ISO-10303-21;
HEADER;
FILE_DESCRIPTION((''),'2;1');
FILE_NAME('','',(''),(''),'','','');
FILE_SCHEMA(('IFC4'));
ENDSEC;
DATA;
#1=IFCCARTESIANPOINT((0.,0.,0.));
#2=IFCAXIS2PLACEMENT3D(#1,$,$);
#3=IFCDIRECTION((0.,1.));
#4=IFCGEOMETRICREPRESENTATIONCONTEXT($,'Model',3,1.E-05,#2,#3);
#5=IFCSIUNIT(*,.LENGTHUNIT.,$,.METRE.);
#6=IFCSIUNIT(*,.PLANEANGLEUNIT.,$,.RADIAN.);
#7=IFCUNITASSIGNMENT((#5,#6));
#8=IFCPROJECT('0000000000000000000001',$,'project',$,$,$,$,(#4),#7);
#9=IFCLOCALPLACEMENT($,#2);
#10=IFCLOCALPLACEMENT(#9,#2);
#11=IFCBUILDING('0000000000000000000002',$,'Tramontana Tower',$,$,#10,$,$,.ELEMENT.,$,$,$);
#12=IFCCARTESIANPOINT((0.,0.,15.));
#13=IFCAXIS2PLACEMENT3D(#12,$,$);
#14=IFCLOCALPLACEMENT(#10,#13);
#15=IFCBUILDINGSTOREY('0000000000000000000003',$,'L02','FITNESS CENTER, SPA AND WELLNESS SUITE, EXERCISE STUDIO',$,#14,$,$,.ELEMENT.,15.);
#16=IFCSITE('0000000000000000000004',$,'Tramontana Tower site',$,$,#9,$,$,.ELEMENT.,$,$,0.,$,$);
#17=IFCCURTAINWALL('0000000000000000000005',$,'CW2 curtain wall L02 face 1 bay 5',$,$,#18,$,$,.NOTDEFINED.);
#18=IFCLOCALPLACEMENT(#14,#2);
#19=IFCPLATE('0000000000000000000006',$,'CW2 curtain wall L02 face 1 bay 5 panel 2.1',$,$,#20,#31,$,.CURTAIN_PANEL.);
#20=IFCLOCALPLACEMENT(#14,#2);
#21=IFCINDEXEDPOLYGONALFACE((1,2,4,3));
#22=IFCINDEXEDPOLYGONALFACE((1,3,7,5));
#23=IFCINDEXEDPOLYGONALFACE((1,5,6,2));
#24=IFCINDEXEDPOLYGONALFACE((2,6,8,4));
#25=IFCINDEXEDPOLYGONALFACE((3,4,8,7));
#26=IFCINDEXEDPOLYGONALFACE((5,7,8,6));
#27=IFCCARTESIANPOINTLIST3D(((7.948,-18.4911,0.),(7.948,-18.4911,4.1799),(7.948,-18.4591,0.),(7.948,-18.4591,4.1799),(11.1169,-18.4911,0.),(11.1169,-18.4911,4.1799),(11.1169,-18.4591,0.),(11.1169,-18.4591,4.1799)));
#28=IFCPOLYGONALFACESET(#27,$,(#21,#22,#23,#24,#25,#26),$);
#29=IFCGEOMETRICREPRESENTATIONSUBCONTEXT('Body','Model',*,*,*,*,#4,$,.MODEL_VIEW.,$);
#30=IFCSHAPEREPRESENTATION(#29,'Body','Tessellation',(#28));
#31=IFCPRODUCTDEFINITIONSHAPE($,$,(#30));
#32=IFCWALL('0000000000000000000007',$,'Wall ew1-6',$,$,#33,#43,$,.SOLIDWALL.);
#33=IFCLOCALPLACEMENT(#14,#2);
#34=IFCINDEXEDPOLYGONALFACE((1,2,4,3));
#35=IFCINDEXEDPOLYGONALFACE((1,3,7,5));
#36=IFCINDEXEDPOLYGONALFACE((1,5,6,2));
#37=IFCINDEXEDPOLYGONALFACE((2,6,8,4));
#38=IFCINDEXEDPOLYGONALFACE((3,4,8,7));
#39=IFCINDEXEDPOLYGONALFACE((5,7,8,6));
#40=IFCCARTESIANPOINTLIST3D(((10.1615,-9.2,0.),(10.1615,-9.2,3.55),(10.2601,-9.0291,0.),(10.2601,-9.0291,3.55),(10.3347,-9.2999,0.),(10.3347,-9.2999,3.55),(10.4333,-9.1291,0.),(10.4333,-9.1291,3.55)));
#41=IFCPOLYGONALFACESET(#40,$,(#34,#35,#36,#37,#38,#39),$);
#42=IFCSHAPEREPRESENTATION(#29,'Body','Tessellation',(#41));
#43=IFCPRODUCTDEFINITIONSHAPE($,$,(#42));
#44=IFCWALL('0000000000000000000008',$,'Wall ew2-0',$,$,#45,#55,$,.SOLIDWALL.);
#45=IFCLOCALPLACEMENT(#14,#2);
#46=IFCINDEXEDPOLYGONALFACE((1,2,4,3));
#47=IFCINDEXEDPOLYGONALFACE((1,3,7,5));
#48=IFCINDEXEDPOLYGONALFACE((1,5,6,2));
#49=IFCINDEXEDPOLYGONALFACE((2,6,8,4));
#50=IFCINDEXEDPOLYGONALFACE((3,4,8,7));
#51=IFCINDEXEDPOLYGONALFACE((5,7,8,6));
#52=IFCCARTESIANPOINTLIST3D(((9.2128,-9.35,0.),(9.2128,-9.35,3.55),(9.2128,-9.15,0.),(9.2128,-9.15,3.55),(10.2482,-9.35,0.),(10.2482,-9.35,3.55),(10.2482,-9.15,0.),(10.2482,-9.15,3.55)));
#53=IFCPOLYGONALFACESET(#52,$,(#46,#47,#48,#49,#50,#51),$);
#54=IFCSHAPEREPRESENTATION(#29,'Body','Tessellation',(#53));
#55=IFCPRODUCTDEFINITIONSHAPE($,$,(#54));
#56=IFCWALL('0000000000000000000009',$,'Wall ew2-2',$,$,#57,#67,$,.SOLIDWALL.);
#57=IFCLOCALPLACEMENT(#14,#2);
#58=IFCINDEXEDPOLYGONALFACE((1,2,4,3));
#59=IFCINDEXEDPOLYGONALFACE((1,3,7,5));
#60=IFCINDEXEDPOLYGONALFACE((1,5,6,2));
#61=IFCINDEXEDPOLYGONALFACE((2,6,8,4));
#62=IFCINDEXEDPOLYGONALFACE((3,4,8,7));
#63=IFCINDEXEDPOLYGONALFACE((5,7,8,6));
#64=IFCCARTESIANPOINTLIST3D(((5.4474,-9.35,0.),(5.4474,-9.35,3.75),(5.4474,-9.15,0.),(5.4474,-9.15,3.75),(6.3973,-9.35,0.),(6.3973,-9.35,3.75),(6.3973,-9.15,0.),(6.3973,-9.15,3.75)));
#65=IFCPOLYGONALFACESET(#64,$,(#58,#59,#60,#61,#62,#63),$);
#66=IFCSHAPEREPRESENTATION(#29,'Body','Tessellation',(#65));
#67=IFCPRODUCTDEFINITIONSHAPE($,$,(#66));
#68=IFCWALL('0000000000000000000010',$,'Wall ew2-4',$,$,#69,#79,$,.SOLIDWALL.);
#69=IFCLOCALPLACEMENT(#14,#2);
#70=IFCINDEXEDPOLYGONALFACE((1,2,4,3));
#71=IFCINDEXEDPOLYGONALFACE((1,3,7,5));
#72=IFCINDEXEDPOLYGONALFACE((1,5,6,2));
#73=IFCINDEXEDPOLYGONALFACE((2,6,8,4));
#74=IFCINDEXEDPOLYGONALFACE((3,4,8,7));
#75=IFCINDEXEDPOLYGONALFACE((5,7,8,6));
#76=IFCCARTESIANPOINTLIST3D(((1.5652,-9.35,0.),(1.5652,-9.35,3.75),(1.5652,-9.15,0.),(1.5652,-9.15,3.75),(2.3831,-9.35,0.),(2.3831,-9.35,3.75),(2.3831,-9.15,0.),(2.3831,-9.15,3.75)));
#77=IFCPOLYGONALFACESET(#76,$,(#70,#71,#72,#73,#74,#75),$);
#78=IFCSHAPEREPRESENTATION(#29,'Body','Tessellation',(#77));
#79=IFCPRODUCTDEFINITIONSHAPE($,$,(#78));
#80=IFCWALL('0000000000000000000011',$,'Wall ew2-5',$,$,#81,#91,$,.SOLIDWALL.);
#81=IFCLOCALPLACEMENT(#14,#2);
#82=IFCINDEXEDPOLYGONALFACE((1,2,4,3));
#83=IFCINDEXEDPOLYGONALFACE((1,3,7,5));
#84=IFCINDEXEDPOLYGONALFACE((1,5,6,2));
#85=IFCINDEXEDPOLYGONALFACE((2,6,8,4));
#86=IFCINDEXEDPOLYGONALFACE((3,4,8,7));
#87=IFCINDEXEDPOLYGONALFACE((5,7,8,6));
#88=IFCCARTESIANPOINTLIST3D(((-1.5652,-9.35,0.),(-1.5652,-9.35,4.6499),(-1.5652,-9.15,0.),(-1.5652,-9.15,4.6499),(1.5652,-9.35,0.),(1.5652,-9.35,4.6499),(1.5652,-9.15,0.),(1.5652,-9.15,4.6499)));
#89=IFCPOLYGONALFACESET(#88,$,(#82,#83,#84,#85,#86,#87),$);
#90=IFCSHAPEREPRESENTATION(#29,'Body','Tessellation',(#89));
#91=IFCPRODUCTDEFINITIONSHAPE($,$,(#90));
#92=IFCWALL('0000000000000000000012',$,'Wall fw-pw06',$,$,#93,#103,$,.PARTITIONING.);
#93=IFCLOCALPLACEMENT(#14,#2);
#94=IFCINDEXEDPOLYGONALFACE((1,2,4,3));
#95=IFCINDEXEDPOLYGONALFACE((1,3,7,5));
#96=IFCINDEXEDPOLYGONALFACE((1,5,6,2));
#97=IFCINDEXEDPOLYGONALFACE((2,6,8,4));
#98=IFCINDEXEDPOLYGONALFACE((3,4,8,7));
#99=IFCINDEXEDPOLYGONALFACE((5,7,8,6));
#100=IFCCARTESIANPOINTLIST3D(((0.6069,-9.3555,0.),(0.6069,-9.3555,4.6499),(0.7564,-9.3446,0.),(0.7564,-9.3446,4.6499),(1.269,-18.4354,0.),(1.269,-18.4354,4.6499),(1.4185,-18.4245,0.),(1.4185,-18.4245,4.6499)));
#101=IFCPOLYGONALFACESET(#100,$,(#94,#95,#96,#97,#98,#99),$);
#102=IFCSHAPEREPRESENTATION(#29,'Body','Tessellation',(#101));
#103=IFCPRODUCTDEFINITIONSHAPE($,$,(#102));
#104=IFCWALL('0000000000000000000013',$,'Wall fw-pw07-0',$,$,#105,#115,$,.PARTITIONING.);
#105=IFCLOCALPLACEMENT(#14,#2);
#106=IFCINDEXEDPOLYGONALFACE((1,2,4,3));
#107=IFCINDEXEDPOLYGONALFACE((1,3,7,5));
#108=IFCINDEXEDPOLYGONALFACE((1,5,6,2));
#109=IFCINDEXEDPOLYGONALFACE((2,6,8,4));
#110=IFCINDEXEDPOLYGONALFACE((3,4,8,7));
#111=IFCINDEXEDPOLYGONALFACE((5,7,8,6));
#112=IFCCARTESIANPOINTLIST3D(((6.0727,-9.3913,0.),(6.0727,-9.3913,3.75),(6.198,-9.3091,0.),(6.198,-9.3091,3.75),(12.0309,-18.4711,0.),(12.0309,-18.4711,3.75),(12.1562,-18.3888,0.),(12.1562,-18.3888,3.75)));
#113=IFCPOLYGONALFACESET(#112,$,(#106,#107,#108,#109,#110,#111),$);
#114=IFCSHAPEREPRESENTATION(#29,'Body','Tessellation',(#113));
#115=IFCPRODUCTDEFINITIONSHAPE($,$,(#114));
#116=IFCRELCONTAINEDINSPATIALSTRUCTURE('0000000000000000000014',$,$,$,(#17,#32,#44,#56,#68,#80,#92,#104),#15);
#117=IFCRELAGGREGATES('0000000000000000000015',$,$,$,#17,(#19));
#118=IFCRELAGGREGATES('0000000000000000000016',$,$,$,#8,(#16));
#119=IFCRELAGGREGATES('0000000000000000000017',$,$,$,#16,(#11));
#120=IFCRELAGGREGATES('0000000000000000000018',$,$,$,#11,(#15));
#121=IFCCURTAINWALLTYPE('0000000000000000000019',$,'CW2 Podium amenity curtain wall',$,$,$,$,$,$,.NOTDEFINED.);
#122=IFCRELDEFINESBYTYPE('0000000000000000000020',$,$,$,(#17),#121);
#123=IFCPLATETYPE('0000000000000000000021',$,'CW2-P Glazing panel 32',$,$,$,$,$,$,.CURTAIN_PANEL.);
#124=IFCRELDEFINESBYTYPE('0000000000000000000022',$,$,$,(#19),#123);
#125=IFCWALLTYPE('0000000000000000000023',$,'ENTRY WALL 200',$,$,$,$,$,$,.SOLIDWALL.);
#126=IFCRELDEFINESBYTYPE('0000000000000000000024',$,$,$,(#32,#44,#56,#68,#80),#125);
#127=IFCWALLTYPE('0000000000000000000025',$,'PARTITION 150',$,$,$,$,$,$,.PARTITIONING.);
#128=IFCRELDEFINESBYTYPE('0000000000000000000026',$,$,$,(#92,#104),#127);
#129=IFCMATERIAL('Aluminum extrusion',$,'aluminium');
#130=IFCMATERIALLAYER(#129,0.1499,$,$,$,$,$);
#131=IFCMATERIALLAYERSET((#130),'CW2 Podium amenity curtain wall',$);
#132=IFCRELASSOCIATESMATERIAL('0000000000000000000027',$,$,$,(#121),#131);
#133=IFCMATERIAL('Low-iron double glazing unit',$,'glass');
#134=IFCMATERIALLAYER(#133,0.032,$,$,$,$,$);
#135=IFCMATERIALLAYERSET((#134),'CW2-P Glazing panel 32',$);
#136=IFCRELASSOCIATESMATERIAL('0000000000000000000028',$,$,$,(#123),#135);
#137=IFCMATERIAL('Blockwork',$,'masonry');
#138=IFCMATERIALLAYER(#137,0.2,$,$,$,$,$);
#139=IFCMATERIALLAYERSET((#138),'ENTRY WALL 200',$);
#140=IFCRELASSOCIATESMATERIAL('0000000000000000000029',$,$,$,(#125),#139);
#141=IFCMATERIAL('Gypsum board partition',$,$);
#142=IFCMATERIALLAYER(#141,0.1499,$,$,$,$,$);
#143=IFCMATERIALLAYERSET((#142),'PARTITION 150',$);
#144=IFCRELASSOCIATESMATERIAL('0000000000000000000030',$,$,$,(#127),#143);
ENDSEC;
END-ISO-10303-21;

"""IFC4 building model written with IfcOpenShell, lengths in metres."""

from ifc_helpers import new_model, si_unit, direction, frame, frame_2d, origin, origin_2d, place, context, subcontext, project, spatial, rectangle, extrude, material, layer, layer_set, type_object, element, aggregate, save


model = new_model("IFC4")

# Units and contexts
model_context = context("Model", 3, precision=1e-05, world=origin(), true_north=direction((0.0, 1.0)))
body_context = subcontext(model_context, "Body", "Model", "MODEL_VIEW")
ifc_project = project(units=[si_unit("LENGTHUNIT", "METRE"), si_unit("PLANEANGLEUNIT", "RADIAN")], contexts=[model_context])

# Site, building, storey
site_placement = place(None, origin())
site = spatial("IfcSite", under=ifc_project, at=site_placement, Name="Tramontana Tower site", CompositionType="ELEMENT", RefElevation=0.0)
building_placement = place(site_placement, origin())
building = spatial("IfcBuilding", under=site, at=building_placement, Name="Tramontana Tower", CompositionType="ELEMENT")
storey_placement = place(building_placement, frame((0.0, 0.0, 15.0)))
storey = spatial("IfcBuildingStorey", under=building, at=storey_placement, Name="L02", Description="FITNESS CENTER, SPA AND WELLNESS SUITE, EXERCISE STUDIO", CompositionType="ELEMENT", Elevation=15.0)

# Curtain wall
ifc_material_1 = material(Name="Aluminum extrusion", Category="aluminium")
ifc_layer_1 = layer(ifc_material_1, 0.1499)
ifc_layer_set_1 = layer_set([ifc_layer_1], Name="CW2 Podium amenity curtain wall")
curtain_wall_type = type_object("IfcCurtainWallType", Name="CW2 Podium amenity curtain wall", PredefinedType="NOTDEFINED", material=ifc_layer_set_1)
curtain_wall_1_placement = place(storey_placement, origin())
curtain_wall_1 = element("IfcCurtainWall", 1, at=curtain_wall_1_placement, inside=storey, type_object=curtain_wall_type, Name="CW2 curtain wall L02 face 1 bay 5", PredefinedType="NOTDEFINED")

# Plate
ifc_material_2 = material(Name="Low-iron double glazing unit", Category="glass")
ifc_layer_2 = layer(ifc_material_2, 0.032)
ifc_layer_set_2 = layer_set([ifc_layer_2], Name="CW2-P Glazing panel 32")
plate_type = type_object("IfcPlateType", Name="CW2-P Glazing panel 32", PredefinedType="CURTAIN_PANEL", material=ifc_layer_set_2)
plate_1_placement = place(storey_placement, frame((9.5325, -18.4751, 0.0), z_axis=(0.0, 0.0, 1.0), x_axis=(1.0, 0.0, 0.0)))
plate_1 = element("IfcPlate", 2, at=plate_1_placement, type_object=plate_type, Name="CW2 curtain wall L02 face 1 bay 5 panel 2.1", PredefinedType="CURTAIN_PANEL", context=body_context, shape_type="SweptSolid", body=[
    extrude(rectangle(XDim=3.1689, YDim=0.032, at=origin_2d()), origin(), (0.0, 0.0, 1.0), 4.1799),
])
aggregate(curtain_wall_1, [plate_1])

# Walls
ifc_material_3 = material(Name="Blockwork", Category="masonry")
ifc_layer_3 = layer(ifc_material_3, 0.2)
ifc_layer_set_3 = layer_set([ifc_layer_3], Name="ENTRY WALL 200")
wall_type_1 = type_object("IfcWallType", Name="ENTRY WALL 200", PredefinedType="SOLIDWALL", material=ifc_layer_set_3)
wall_1_placement = place(storey_placement, frame((10.3467, -9.0791, 0.0), z_axis=(0.0, 0.0, 1.0), x_axis=(-0.499865, -0.866103, 0.0)))
element("IfcWall", 3, at=wall_1_placement, inside=storey, type_object=wall_type_1, Name="Wall ew1-6", PredefinedType="SOLIDWALL", context=body_context, shape_type="SweptSolid", body=[
    extrude(rectangle(XDim=0.1973, YDim=0.2, at=frame_2d((0.0986, 0.0))), origin(), (0.0, 0.0, 1.0), 3.55),
])
wall_2_placement = place(storey_placement, frame((10.248, -9.25, 0.0), z_axis=(0.0, 0.0, 1.0), x_axis=(-1.0, 0.0, 0.0)))
element("IfcWall", 4, at=wall_2_placement, inside=storey, type_object=wall_type_1, Name="Wall ew2-0", PredefinedType="SOLIDWALL", context=body_context, shape_type="SweptSolid", body=[
    extrude(rectangle(XDim=1.0354, YDim=0.2, at=frame_2d((0.5176, 0.0))), origin(), (0.0, 0.0, 1.0), 3.55),
])

# Wall
wall_3_placement = place(storey_placement, frame((6.3975, -9.25, 0.0), z_axis=(0.0, 0.0, 1.0), x_axis=(-1.0, 0.0, 0.0)))
element("IfcWall", 5, at=wall_3_placement, inside=storey, type_object=wall_type_1, Name="Wall ew2-2", PredefinedType="SOLIDWALL", context=body_context, shape_type="SweptSolid", body=[
    extrude(rectangle(XDim=0.95, YDim=0.2, at=frame_2d((0.4751, 0.0))), origin(), (0.0, 0.0, 1.0), 3.75),
])

# Walls
wall_4_placement = place(storey_placement, frame((2.3831, -9.25, 0.0), z_axis=(0.0, 0.0, 1.0), x_axis=(-1.0, 0.0, 0.0)))
element("IfcWall", 6, at=wall_4_placement, inside=storey, type_object=wall_type_1, Name="Wall ew2-4", PredefinedType="SOLIDWALL", context=body_context, shape_type="SweptSolid", body=[
    extrude(rectangle(XDim=0.8179, YDim=0.2, at=frame_2d((0.4089, 0.0))), origin(), (0.0, 0.0, 1.0), 3.75),
])
wall_5_placement = place(storey_placement, frame((1.5652, -9.25, 0.0), z_axis=(0.0, 0.0, 1.0), x_axis=(-1.0, 0.0, 0.0)))
element("IfcWall", 7, at=wall_5_placement, inside=storey, type_object=wall_type_1, Name="Wall ew2-5", PredefinedType="SOLIDWALL", context=body_context, shape_type="SweptSolid", body=[
    extrude(rectangle(XDim=3.1304, YDim=0.2, at=frame_2d((1.5652, 0.0))), origin(), (0.0, 0.0, 1.0), 4.6499),
])
ifc_material_4 = material(Name="Gypsum board partition")
ifc_layer_4 = layer(ifc_material_4, 0.1499)
ifc_layer_set_4 = layer_set([ifc_layer_4], Name="PARTITION 150")
wall_type_2 = type_object("IfcWallType", Name="PARTITION 150", PredefinedType="PARTITIONING", material=ifc_layer_set_4)
wall_6_placement = place(storey_placement, frame((0.6816, -9.3501, 0.0), z_axis=(0.0, 0.0, 1.0), x_axis=(0.072728, -0.997352, 0.0)))
element("IfcWall", 8, at=wall_6_placement, inside=storey, type_object=wall_type_2, Name="Wall fw-pw06", PredefinedType="PARTITIONING", context=body_context, shape_type="SweptSolid", body=[
    extrude(rectangle(XDim=9.104, YDim=0.1499, at=frame_2d((4.552, 0.0))), origin(), (0.0, 0.0, 1.0), 4.6499),
])
wall_7_placement = place(storey_placement, frame((6.1353, -9.3501, 0.0), z_axis=(0.0, 0.0, 1.0), x_axis=(0.548631, -0.836064, 0.0)))
element("IfcWall", 9, at=wall_7_placement, inside=storey, type_object=wall_type_2, Name="Wall fw-pw07-0", PredefinedType="PARTITIONING", context=body_context, shape_type="SweptSolid", body=[
    extrude(rectangle(XDim=10.8601, YDim=0.1499, at=frame_2d((5.4302, 0.0))), origin(), (0.0, 0.0, 1.0), 3.75),
])

save(model, "model.ifc")
